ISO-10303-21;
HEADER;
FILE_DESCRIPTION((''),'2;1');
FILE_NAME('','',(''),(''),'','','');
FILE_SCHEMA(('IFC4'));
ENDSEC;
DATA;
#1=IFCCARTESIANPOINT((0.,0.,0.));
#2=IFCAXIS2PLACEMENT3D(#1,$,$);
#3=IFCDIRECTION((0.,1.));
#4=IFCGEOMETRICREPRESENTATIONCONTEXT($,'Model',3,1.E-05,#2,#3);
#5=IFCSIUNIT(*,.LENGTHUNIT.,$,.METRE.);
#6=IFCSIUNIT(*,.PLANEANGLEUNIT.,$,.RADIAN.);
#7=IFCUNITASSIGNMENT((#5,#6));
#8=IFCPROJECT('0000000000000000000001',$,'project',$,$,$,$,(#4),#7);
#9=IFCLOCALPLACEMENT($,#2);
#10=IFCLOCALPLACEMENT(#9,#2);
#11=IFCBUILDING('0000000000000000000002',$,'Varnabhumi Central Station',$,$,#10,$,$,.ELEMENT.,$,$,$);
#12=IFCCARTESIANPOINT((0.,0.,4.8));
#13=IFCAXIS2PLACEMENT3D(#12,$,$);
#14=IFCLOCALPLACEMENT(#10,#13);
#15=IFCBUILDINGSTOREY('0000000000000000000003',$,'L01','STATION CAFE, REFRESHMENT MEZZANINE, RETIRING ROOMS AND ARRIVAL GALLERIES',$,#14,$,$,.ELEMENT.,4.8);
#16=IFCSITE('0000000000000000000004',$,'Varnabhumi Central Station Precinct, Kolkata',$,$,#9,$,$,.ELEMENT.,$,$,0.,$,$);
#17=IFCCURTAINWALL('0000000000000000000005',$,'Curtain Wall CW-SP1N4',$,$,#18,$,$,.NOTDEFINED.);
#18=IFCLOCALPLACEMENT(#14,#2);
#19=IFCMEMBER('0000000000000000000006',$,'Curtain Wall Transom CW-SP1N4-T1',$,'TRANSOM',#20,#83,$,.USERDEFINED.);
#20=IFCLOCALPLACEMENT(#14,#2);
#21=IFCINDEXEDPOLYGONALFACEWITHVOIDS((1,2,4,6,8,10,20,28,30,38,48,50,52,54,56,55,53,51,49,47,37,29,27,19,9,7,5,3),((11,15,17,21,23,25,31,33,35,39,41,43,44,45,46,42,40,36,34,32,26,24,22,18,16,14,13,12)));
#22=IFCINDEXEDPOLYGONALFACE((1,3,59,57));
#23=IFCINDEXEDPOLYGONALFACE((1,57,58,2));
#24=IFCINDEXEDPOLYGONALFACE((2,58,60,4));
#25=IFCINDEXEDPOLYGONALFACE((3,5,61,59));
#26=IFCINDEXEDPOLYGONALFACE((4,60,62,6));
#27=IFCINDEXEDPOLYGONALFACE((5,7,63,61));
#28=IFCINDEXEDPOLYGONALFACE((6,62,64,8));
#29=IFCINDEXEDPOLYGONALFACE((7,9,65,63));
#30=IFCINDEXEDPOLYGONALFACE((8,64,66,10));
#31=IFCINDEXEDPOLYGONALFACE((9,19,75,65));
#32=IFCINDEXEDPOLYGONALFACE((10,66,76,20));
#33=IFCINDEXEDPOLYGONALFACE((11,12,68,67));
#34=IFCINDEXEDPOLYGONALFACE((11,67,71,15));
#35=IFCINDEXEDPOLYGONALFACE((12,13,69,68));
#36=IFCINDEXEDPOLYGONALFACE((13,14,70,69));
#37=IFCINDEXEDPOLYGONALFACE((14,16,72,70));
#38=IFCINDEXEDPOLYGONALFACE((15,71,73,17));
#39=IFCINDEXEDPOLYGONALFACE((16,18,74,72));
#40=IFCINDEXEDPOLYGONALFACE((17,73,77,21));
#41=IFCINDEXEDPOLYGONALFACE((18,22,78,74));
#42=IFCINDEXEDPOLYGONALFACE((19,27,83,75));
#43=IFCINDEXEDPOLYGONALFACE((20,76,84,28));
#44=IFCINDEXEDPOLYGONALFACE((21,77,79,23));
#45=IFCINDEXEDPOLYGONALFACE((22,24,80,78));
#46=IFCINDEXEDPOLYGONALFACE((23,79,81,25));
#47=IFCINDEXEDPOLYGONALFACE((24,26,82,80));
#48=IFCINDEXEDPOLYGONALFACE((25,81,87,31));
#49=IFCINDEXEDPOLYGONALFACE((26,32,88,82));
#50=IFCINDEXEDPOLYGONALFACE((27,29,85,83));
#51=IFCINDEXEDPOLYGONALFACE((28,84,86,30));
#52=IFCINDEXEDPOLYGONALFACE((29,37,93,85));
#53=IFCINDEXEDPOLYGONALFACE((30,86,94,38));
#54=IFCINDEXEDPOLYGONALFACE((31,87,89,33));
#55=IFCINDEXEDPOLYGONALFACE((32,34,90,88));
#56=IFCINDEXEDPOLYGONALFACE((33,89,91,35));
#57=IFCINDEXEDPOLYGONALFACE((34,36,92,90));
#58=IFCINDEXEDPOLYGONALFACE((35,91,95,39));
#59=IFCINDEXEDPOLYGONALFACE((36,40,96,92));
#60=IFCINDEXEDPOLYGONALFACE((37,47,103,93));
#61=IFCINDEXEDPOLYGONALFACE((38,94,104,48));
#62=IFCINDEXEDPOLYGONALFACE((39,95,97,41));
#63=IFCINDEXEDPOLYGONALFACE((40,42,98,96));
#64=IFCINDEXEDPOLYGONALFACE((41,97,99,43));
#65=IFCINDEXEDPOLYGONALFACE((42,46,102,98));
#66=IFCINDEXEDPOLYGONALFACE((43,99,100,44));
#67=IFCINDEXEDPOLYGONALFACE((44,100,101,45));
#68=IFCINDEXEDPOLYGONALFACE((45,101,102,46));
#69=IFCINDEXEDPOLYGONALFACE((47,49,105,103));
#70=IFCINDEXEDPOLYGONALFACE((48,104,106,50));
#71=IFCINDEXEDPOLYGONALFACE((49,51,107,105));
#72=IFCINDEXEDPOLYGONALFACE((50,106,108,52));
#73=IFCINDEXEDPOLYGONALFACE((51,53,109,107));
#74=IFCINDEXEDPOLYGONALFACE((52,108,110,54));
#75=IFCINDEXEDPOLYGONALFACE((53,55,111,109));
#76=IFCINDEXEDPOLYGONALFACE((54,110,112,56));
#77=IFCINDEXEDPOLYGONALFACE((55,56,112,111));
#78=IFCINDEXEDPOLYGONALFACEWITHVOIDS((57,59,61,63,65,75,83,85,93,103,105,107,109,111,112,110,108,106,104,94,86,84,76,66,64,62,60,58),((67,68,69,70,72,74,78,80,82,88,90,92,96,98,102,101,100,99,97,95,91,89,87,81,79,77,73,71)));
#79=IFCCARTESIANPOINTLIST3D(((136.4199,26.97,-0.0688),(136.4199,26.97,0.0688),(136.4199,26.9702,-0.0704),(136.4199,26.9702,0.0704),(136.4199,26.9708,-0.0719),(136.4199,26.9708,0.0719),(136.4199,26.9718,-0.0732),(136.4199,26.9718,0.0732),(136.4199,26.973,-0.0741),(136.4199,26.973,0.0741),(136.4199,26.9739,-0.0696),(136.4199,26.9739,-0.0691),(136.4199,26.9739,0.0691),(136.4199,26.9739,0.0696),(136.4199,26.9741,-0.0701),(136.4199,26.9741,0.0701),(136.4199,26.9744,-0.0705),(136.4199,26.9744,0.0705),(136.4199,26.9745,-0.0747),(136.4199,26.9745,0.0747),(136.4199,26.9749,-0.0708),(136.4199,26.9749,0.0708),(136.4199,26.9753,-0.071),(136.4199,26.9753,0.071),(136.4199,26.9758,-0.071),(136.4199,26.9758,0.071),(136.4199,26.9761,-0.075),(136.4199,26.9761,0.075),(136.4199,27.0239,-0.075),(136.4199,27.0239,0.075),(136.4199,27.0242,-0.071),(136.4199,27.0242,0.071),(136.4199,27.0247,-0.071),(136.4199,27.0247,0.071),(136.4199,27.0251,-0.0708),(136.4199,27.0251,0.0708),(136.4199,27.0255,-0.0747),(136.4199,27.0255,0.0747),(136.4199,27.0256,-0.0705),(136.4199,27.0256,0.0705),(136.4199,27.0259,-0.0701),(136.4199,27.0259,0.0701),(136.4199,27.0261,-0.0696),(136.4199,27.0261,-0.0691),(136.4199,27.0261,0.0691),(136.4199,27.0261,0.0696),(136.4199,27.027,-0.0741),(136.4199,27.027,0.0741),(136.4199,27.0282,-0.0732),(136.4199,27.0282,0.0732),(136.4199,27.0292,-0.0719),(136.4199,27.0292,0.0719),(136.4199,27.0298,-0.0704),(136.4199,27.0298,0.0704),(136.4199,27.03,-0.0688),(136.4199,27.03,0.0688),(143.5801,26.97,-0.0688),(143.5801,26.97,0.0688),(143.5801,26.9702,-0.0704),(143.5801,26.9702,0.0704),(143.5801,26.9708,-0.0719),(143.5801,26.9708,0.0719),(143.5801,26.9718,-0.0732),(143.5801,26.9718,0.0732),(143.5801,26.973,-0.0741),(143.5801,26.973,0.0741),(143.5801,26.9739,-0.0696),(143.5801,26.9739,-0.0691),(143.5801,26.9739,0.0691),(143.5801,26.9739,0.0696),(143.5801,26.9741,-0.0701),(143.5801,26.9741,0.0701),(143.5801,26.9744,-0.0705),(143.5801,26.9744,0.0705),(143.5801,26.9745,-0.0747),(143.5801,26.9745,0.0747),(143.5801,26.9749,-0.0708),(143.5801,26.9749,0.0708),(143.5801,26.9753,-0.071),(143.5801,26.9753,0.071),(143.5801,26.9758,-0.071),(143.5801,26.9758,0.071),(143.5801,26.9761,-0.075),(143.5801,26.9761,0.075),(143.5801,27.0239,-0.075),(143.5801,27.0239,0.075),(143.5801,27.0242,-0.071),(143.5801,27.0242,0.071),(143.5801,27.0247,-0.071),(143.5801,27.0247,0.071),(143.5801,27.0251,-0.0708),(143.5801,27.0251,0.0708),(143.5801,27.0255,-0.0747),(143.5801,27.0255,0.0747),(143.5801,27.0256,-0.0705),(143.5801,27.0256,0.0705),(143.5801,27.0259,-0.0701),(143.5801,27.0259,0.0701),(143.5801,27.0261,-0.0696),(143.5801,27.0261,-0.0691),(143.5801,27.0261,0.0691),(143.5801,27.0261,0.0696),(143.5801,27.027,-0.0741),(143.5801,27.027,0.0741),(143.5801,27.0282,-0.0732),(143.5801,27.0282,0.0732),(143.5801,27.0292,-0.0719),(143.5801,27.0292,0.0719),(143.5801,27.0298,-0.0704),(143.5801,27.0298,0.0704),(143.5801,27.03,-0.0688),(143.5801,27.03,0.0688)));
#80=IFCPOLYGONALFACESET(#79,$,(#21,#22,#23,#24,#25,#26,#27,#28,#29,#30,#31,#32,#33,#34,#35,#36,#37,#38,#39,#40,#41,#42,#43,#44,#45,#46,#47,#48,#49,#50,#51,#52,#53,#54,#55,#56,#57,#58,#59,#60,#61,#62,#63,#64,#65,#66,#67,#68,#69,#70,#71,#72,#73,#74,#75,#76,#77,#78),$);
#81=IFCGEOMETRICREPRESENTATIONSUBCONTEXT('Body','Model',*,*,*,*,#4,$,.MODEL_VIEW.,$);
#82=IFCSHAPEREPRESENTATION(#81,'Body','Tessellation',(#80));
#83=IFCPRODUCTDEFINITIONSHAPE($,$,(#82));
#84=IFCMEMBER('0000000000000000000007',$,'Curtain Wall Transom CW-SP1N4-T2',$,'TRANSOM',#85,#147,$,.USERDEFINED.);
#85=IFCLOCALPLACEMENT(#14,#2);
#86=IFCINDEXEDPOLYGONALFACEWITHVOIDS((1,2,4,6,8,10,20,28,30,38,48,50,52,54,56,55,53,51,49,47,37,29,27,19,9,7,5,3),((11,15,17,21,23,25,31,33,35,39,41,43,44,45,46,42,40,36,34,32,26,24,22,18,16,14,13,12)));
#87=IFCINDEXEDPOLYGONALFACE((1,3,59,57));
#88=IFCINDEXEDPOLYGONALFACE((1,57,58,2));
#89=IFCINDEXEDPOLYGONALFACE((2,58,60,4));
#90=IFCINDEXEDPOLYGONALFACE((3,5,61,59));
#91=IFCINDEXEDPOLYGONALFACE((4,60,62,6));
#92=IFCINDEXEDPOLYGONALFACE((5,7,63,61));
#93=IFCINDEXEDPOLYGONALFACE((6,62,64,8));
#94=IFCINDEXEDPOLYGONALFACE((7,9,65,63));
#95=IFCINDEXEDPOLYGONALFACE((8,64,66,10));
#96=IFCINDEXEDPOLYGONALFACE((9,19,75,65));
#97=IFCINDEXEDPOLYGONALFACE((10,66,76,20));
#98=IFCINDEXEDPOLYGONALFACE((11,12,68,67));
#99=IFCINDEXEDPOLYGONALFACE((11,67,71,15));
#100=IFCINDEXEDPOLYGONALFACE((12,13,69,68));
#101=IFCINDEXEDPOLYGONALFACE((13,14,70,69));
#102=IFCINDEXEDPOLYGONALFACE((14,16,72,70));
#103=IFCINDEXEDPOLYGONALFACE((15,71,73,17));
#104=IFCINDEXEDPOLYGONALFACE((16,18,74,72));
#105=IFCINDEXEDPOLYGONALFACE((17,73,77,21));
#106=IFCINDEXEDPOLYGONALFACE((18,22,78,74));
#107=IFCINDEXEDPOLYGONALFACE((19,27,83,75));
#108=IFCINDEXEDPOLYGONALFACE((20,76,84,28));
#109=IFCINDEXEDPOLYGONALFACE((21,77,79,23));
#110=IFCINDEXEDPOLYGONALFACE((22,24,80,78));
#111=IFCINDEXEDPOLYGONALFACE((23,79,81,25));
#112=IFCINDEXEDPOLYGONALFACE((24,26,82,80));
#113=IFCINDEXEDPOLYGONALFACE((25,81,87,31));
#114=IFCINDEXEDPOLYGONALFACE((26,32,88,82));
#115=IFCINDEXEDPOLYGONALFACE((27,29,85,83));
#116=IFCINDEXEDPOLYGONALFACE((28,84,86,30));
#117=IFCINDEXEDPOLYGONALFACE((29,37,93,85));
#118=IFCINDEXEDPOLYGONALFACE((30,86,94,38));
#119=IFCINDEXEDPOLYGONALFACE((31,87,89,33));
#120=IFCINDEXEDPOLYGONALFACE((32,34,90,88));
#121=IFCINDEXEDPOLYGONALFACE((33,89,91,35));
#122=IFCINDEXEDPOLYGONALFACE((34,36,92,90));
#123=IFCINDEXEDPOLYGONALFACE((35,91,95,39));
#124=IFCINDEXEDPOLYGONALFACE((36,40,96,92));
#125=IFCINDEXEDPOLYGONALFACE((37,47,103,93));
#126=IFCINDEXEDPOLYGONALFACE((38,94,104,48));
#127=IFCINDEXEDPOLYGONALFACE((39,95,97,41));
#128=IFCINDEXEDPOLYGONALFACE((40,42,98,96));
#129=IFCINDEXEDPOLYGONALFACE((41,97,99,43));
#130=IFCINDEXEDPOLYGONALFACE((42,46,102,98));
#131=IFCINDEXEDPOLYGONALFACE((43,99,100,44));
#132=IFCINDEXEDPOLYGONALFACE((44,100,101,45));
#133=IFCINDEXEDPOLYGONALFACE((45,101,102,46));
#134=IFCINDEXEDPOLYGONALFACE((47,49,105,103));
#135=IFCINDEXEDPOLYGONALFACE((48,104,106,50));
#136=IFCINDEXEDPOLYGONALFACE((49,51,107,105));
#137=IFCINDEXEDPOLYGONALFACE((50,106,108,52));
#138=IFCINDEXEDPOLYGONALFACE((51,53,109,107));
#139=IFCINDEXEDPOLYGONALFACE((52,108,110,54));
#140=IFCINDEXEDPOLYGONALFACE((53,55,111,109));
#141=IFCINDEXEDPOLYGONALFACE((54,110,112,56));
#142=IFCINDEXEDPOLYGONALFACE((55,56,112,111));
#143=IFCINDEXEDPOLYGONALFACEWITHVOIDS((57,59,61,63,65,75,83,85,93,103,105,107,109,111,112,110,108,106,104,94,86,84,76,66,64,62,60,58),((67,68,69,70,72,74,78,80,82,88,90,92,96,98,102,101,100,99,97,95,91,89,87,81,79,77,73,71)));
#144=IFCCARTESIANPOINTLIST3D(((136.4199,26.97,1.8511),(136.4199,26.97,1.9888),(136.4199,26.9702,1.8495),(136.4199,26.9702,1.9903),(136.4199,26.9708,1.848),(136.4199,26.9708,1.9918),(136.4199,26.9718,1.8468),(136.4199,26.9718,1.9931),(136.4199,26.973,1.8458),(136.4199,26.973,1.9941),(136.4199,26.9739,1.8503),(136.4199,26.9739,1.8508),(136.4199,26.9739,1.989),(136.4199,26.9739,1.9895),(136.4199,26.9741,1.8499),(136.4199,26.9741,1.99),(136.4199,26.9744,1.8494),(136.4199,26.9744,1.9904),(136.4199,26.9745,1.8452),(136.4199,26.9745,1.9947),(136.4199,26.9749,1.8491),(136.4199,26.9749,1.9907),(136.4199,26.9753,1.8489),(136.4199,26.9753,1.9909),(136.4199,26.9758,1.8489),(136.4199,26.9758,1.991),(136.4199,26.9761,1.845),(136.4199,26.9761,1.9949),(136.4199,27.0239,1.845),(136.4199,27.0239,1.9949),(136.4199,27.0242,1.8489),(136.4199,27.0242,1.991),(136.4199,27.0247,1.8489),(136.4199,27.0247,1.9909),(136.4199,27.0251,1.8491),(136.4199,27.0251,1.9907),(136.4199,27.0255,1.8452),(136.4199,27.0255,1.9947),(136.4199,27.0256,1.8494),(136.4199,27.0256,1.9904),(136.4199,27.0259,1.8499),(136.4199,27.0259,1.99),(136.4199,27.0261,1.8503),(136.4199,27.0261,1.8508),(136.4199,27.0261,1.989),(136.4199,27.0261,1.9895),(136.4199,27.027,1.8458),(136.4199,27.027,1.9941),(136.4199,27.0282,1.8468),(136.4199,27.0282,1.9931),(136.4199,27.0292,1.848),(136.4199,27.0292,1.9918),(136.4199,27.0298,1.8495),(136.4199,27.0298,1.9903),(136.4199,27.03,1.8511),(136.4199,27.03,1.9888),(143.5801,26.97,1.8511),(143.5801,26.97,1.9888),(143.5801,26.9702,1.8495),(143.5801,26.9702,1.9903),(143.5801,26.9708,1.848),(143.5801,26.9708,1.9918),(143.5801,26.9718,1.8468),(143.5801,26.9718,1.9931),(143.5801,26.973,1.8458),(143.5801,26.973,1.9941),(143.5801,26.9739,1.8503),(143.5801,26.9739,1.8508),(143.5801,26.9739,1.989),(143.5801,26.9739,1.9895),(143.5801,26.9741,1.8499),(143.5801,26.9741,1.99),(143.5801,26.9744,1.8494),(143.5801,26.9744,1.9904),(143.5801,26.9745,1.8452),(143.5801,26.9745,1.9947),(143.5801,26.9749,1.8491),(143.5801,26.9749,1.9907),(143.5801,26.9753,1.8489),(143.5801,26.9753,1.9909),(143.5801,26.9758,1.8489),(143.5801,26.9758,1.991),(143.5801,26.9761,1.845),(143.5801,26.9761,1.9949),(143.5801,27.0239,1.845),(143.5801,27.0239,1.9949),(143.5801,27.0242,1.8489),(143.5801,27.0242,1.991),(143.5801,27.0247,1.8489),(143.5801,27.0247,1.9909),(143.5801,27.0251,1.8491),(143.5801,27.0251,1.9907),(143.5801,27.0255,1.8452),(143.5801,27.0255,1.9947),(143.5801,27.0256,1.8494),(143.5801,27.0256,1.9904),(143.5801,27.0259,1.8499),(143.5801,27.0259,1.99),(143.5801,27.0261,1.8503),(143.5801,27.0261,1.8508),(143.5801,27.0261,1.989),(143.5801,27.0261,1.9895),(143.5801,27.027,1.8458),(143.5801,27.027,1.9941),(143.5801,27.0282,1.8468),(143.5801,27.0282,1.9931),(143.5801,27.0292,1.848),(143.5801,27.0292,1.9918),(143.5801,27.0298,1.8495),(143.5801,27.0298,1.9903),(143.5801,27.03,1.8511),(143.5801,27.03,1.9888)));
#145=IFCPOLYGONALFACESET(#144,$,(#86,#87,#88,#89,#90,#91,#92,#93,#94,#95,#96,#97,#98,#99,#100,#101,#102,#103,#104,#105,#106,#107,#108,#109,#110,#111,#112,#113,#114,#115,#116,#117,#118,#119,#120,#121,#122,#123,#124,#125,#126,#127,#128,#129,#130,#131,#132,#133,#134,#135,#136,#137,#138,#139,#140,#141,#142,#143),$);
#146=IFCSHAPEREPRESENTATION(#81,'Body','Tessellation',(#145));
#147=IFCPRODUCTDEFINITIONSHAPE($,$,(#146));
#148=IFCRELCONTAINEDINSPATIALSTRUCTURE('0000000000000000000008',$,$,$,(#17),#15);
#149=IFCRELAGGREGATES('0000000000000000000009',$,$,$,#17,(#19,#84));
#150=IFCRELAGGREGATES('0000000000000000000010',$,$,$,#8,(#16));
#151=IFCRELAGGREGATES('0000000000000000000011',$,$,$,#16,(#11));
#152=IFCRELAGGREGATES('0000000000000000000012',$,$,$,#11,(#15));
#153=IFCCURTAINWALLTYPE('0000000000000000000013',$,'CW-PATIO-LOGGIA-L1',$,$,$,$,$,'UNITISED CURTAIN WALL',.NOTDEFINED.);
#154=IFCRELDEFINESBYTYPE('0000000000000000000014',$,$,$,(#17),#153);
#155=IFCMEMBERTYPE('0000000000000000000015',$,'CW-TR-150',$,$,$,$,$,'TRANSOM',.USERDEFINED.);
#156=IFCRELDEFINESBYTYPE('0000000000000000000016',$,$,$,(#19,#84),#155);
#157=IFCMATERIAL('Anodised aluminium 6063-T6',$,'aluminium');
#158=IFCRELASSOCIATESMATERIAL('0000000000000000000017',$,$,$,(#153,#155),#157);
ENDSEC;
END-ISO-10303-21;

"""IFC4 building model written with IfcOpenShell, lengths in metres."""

from ifc_helpers import new_model, si_unit, direction, frame, origin, origin_2d, place, context, subcontext, project, spatial, hollow_rectangle, extrude, material, material_profile, profile_set, type_object, element, aggregate, save


model = new_model("IFC4")

# Units and contexts
model_context = context("Model", 3, precision=1e-05, world=origin(), true_north=direction((0.0, 1.0)))
body_context = subcontext(model_context, "Body", "Model", "MODEL_VIEW")
ifc_project = project(units=[si_unit("LENGTHUNIT", "METRE"), si_unit("PLANEANGLEUNIT", "RADIAN")], contexts=[model_context])

# Site, building, storey
site_placement = place(None, origin())
site = spatial("IfcSite", under=ifc_project, at=site_placement, Name="Varnabhumi Central Station Precinct, Kolkata", CompositionType="ELEMENT", RefElevation=0.0)
building_placement = place(site_placement, origin())
building = spatial("IfcBuilding", under=site, at=building_placement, Name="Varnabhumi Central Station", CompositionType="ELEMENT")
storey_placement = place(building_placement, frame((0.0, 0.0, 4.8)))
storey = spatial("IfcBuildingStorey", under=building, at=storey_placement, Name="L01", Description="STATION CAFE, REFRESHMENT MEZZANINE, RETIRING ROOMS AND ARRIVAL GALLERIES", CompositionType="ELEMENT", Elevation=4.8)

# Shared definitions
ifc_material_1 = material(Name="Anodised aluminium 6063-T6", Category="aluminium")
curtain_wall_type = type_object("IfcCurtainWallType", Name="CW-PATIO-LOGGIA-L1", ElementType="UNITISED CURTAIN WALL", PredefinedType="NOTDEFINED", material=ifc_material_1)

# Curtain wall, members
curtain_wall_1_placement = place(storey_placement, origin())
curtain_wall_1 = element("IfcCurtainWall", 1, at=curtain_wall_1_placement, inside=storey, type_object=curtain_wall_type, Name="Curtain Wall CW-SP1N4", PredefinedType="NOTDEFINED")
ifc_material_profile_1 = material_profile(ifc_material_1, hollow_rectangle(XDim=0.0601, YDim=0.1499, WallThickness=0.0039, InnerFilletRadius=0.002, OuterFilletRadius=0.0061, at=origin_2d()), Name="Anodised aluminium 6063-T6", Category="aluminium")
ifc_profile_set_1 = profile_set([ifc_material_profile_1], Name="Anodised aluminium 6063-T6")
member_type_1 = type_object("IfcMemberType", Name="CW-TR-150", ElementType="TRANSOM", PredefinedType="USERDEFINED", material=ifc_profile_set_1)
member_1_placement = place(storey_placement, frame((136.4199, 27.0, 0.0), z_axis=(1.0, 0.0, 0.0), x_axis=(0.0, 1.0, 0.0)))
member_1 = element("IfcMember", 2, at=member_1_placement, type_object=member_type_1, Name="Curtain Wall Transom CW-SP1N4-T1", ObjectType="TRANSOM", PredefinedType="USERDEFINED", context=body_context, shape_type="SweptSolid", body=[
    extrude(hollow_rectangle(XDim=0.0601, YDim=0.1499, WallThickness=0.0039, InnerFilletRadius=0.002, OuterFilletRadius=0.0061, at=origin_2d()), origin(), (0.0, 0.0, 1.0), 7.1602),
])
member_2_placement = place(storey_placement, frame((136.4199, 27.0, 1.9199), z_axis=(1.0, 0.0, 0.0), x_axis=(0.0, 1.0, 0.0)))
member_2 = element("IfcMember", 3, at=member_2_placement, type_object=member_type_1, Name="Curtain Wall Transom CW-SP1N4-T2", ObjectType="TRANSOM", PredefinedType="USERDEFINED", context=body_context, shape_type="SweptSolid", body=[
    extrude(hollow_rectangle(XDim=0.0601, YDim=0.1499, WallThickness=0.0039, InnerFilletRadius=0.002, OuterFilletRadius=0.0061, at=origin_2d()), origin(), (0.0, 0.0, 1.0), 7.1602),
])

aggregate(curtain_wall_1, [member_1, member_2])

save(model, "model.ifc")
